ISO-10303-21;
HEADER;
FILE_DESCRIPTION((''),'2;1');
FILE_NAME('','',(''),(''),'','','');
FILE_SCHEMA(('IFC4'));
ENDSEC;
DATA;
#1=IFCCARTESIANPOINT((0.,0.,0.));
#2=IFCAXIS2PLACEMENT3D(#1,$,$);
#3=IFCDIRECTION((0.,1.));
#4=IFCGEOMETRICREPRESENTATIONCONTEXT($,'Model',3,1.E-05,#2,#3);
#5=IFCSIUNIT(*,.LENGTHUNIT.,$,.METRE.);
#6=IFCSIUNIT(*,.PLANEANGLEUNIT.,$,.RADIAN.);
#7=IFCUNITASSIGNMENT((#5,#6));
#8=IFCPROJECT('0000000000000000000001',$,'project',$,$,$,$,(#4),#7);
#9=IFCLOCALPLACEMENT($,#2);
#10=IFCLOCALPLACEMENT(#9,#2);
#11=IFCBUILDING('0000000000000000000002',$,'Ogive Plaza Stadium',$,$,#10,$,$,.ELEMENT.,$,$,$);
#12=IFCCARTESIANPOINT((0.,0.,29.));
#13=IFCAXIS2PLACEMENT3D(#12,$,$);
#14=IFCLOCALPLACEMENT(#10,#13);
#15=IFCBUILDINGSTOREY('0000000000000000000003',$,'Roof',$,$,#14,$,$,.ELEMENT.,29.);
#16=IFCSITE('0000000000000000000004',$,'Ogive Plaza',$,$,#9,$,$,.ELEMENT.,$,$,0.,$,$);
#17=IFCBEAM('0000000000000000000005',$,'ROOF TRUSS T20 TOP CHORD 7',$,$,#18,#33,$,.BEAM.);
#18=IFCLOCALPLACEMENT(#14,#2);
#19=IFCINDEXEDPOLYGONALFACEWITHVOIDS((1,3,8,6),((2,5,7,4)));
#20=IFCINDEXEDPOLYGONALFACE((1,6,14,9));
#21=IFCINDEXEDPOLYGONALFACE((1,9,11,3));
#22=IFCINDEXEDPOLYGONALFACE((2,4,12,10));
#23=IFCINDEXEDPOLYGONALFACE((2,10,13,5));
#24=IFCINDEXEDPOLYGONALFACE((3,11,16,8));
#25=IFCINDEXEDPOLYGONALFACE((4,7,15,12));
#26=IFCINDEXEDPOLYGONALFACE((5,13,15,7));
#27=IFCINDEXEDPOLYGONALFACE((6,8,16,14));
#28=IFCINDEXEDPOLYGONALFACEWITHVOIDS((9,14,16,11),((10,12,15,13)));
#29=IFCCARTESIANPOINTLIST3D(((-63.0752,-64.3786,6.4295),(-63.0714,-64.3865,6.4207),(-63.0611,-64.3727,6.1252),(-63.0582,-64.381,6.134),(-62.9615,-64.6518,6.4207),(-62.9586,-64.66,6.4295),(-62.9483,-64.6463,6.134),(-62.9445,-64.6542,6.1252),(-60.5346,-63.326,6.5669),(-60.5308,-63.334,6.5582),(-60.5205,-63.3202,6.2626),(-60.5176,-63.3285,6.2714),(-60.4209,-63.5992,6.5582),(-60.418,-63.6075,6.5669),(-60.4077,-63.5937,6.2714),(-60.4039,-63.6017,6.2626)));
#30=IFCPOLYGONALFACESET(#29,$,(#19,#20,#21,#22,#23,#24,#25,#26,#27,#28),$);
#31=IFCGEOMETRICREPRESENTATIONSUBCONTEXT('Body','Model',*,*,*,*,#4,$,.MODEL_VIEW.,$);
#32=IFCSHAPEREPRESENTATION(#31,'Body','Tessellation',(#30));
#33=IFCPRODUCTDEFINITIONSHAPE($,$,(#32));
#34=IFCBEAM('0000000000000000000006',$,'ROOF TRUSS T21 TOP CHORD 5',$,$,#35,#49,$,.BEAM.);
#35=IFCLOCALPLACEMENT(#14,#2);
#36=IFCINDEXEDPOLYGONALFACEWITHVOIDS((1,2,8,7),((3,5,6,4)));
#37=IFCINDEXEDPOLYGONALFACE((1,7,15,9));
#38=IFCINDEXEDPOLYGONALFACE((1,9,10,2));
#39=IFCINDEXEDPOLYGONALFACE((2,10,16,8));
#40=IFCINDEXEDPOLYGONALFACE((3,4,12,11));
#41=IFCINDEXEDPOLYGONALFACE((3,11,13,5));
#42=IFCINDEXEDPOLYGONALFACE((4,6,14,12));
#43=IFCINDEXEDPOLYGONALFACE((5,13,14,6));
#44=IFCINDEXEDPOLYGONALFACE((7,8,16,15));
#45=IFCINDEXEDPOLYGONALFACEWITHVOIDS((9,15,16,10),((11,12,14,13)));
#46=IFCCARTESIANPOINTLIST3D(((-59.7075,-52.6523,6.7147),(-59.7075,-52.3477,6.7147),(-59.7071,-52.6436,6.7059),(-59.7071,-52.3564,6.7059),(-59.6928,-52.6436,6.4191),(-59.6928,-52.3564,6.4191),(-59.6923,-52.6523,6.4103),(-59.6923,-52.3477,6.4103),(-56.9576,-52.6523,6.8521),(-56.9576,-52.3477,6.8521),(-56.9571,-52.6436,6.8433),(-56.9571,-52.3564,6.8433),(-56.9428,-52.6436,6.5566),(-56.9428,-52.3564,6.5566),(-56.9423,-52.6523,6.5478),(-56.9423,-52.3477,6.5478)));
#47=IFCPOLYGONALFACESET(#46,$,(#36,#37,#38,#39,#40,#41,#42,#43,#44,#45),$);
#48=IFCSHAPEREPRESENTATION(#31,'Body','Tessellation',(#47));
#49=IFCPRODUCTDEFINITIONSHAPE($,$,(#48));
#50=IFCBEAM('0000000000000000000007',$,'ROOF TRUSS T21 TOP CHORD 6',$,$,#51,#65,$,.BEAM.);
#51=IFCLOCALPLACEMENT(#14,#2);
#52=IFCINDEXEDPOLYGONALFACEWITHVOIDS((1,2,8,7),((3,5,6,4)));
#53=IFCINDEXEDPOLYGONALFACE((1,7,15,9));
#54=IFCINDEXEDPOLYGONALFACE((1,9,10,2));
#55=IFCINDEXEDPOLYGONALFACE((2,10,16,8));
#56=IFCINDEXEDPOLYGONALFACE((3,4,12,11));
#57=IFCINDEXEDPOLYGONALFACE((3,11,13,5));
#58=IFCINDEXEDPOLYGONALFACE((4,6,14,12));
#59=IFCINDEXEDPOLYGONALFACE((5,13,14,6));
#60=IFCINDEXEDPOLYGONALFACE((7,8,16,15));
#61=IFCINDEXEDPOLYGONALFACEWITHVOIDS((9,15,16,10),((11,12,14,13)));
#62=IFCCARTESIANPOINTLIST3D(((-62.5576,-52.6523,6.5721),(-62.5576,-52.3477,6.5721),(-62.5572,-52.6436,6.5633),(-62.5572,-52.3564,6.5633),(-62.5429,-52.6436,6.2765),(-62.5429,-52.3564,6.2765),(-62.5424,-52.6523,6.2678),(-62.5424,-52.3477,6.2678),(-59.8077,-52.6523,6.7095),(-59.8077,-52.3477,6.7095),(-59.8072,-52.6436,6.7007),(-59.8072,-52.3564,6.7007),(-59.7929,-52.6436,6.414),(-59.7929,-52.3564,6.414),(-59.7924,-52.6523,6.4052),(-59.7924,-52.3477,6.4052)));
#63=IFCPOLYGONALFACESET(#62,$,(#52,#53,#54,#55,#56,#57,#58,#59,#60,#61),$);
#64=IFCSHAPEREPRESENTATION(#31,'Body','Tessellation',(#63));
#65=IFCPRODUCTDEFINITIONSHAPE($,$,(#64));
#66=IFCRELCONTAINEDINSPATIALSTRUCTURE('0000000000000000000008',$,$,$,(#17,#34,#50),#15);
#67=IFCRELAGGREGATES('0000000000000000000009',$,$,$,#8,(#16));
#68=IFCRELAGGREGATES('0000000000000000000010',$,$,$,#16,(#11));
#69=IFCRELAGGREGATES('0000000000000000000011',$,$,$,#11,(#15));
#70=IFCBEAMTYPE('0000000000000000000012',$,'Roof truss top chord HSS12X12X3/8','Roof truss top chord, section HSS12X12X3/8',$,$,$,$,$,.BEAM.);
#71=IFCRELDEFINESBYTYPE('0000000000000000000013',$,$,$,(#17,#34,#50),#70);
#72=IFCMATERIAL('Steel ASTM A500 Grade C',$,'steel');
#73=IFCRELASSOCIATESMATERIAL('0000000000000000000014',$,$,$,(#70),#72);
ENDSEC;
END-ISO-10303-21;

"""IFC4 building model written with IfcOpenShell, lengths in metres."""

from ifc_helpers import new_model, si_unit, direction, frame, origin, origin_2d, place, context, subcontext, project, spatial, hollow_rectangle, extrude, material, material_profile, profile_set, type_object, element, save


model = new_model("IFC4")

# Units and contexts
model_context = context("Model", 3, precision=1e-05, world=origin(), true_north=direction((0.0, 1.0)))
body_context = subcontext(model_context, "Body", "Model", "MODEL_VIEW")
ifc_project = project(units=[si_unit("LENGTHUNIT", "METRE"), si_unit("PLANEANGLEUNIT", "RADIAN")], contexts=[model_context])

# Site, building, storey
site_placement = place(None, origin())
site = spatial("IfcSite", under=ifc_project, at=site_placement, Name="Ogive Plaza", CompositionType="ELEMENT", RefElevation=0.0)
building_placement = place(site_placement, origin())
building = spatial("IfcBuilding", under=site, at=building_placement, Name="Ogive Plaza Stadium", CompositionType="ELEMENT")
storey_placement = place(building_placement, frame((0.0, 0.0, 29.0)))
storey = spatial("IfcBuildingStorey", under=building, at=storey_placement, Name="Roof", CompositionType="ELEMENT", Elevation=29.0)

# Beams
ifc_material_1 = material(Name="Steel ASTM A500 Grade C", Category="steel")
ifc_material_profile_1 = material_profile(ifc_material_1, hollow_rectangle(XDim=0.3047, YDim=0.3047, WallThickness=0.0088, at=origin_2d()), Name="HSS12X12X3/8")
ifc_profile_set_1 = profile_set([ifc_material_profile_1], Name="Steel ASTM A500 Grade C")
beam_type_1 = type_object("IfcBeamType", Name="Roof truss top chord HSS12X12X3/8", Description="Roof truss top chord, section HSS12X12X3/8", PredefinedType="BEAM", material=ifc_profile_set_1)
for number, where, z_axis, x_axis, name in (
    (1, (-60.4692, -63.4639, 6.4148), (-0.922706, -0.382259, -0.049922), (0.382736, -0.923858, 0.0), "ROOF TRUSS T20 TOP CHORD 7"),
    (2, (-56.95, -52.5, 6.7), (-0.998753, 0.0, -0.04992), (0.0, -1.0, 0.0), "ROOF TRUSS T21 TOP CHORD 5"),
    (3, (-59.8, -52.5, 6.5574), (-0.998753, 0.0, -0.04992), (0.0, -1.0, 0.0), "ROOF TRUSS T21 TOP CHORD 6"),
):
    element("IfcBeam", number, at=place(storey_placement, frame(where, z_axis=z_axis, x_axis=x_axis)), inside=storey, type_object=beam_type_1, Name=name, PredefinedType="BEAM", context=body_context, shape_type="SweptSolid", body=[
        extrude(hollow_rectangle(XDim=0.3047, YDim=0.3047, WallThickness=0.0088, at=origin_2d()), origin(), (0.0, 0.0, 1.0), 2.7534),
    ])

save(model, "model.ifc")
